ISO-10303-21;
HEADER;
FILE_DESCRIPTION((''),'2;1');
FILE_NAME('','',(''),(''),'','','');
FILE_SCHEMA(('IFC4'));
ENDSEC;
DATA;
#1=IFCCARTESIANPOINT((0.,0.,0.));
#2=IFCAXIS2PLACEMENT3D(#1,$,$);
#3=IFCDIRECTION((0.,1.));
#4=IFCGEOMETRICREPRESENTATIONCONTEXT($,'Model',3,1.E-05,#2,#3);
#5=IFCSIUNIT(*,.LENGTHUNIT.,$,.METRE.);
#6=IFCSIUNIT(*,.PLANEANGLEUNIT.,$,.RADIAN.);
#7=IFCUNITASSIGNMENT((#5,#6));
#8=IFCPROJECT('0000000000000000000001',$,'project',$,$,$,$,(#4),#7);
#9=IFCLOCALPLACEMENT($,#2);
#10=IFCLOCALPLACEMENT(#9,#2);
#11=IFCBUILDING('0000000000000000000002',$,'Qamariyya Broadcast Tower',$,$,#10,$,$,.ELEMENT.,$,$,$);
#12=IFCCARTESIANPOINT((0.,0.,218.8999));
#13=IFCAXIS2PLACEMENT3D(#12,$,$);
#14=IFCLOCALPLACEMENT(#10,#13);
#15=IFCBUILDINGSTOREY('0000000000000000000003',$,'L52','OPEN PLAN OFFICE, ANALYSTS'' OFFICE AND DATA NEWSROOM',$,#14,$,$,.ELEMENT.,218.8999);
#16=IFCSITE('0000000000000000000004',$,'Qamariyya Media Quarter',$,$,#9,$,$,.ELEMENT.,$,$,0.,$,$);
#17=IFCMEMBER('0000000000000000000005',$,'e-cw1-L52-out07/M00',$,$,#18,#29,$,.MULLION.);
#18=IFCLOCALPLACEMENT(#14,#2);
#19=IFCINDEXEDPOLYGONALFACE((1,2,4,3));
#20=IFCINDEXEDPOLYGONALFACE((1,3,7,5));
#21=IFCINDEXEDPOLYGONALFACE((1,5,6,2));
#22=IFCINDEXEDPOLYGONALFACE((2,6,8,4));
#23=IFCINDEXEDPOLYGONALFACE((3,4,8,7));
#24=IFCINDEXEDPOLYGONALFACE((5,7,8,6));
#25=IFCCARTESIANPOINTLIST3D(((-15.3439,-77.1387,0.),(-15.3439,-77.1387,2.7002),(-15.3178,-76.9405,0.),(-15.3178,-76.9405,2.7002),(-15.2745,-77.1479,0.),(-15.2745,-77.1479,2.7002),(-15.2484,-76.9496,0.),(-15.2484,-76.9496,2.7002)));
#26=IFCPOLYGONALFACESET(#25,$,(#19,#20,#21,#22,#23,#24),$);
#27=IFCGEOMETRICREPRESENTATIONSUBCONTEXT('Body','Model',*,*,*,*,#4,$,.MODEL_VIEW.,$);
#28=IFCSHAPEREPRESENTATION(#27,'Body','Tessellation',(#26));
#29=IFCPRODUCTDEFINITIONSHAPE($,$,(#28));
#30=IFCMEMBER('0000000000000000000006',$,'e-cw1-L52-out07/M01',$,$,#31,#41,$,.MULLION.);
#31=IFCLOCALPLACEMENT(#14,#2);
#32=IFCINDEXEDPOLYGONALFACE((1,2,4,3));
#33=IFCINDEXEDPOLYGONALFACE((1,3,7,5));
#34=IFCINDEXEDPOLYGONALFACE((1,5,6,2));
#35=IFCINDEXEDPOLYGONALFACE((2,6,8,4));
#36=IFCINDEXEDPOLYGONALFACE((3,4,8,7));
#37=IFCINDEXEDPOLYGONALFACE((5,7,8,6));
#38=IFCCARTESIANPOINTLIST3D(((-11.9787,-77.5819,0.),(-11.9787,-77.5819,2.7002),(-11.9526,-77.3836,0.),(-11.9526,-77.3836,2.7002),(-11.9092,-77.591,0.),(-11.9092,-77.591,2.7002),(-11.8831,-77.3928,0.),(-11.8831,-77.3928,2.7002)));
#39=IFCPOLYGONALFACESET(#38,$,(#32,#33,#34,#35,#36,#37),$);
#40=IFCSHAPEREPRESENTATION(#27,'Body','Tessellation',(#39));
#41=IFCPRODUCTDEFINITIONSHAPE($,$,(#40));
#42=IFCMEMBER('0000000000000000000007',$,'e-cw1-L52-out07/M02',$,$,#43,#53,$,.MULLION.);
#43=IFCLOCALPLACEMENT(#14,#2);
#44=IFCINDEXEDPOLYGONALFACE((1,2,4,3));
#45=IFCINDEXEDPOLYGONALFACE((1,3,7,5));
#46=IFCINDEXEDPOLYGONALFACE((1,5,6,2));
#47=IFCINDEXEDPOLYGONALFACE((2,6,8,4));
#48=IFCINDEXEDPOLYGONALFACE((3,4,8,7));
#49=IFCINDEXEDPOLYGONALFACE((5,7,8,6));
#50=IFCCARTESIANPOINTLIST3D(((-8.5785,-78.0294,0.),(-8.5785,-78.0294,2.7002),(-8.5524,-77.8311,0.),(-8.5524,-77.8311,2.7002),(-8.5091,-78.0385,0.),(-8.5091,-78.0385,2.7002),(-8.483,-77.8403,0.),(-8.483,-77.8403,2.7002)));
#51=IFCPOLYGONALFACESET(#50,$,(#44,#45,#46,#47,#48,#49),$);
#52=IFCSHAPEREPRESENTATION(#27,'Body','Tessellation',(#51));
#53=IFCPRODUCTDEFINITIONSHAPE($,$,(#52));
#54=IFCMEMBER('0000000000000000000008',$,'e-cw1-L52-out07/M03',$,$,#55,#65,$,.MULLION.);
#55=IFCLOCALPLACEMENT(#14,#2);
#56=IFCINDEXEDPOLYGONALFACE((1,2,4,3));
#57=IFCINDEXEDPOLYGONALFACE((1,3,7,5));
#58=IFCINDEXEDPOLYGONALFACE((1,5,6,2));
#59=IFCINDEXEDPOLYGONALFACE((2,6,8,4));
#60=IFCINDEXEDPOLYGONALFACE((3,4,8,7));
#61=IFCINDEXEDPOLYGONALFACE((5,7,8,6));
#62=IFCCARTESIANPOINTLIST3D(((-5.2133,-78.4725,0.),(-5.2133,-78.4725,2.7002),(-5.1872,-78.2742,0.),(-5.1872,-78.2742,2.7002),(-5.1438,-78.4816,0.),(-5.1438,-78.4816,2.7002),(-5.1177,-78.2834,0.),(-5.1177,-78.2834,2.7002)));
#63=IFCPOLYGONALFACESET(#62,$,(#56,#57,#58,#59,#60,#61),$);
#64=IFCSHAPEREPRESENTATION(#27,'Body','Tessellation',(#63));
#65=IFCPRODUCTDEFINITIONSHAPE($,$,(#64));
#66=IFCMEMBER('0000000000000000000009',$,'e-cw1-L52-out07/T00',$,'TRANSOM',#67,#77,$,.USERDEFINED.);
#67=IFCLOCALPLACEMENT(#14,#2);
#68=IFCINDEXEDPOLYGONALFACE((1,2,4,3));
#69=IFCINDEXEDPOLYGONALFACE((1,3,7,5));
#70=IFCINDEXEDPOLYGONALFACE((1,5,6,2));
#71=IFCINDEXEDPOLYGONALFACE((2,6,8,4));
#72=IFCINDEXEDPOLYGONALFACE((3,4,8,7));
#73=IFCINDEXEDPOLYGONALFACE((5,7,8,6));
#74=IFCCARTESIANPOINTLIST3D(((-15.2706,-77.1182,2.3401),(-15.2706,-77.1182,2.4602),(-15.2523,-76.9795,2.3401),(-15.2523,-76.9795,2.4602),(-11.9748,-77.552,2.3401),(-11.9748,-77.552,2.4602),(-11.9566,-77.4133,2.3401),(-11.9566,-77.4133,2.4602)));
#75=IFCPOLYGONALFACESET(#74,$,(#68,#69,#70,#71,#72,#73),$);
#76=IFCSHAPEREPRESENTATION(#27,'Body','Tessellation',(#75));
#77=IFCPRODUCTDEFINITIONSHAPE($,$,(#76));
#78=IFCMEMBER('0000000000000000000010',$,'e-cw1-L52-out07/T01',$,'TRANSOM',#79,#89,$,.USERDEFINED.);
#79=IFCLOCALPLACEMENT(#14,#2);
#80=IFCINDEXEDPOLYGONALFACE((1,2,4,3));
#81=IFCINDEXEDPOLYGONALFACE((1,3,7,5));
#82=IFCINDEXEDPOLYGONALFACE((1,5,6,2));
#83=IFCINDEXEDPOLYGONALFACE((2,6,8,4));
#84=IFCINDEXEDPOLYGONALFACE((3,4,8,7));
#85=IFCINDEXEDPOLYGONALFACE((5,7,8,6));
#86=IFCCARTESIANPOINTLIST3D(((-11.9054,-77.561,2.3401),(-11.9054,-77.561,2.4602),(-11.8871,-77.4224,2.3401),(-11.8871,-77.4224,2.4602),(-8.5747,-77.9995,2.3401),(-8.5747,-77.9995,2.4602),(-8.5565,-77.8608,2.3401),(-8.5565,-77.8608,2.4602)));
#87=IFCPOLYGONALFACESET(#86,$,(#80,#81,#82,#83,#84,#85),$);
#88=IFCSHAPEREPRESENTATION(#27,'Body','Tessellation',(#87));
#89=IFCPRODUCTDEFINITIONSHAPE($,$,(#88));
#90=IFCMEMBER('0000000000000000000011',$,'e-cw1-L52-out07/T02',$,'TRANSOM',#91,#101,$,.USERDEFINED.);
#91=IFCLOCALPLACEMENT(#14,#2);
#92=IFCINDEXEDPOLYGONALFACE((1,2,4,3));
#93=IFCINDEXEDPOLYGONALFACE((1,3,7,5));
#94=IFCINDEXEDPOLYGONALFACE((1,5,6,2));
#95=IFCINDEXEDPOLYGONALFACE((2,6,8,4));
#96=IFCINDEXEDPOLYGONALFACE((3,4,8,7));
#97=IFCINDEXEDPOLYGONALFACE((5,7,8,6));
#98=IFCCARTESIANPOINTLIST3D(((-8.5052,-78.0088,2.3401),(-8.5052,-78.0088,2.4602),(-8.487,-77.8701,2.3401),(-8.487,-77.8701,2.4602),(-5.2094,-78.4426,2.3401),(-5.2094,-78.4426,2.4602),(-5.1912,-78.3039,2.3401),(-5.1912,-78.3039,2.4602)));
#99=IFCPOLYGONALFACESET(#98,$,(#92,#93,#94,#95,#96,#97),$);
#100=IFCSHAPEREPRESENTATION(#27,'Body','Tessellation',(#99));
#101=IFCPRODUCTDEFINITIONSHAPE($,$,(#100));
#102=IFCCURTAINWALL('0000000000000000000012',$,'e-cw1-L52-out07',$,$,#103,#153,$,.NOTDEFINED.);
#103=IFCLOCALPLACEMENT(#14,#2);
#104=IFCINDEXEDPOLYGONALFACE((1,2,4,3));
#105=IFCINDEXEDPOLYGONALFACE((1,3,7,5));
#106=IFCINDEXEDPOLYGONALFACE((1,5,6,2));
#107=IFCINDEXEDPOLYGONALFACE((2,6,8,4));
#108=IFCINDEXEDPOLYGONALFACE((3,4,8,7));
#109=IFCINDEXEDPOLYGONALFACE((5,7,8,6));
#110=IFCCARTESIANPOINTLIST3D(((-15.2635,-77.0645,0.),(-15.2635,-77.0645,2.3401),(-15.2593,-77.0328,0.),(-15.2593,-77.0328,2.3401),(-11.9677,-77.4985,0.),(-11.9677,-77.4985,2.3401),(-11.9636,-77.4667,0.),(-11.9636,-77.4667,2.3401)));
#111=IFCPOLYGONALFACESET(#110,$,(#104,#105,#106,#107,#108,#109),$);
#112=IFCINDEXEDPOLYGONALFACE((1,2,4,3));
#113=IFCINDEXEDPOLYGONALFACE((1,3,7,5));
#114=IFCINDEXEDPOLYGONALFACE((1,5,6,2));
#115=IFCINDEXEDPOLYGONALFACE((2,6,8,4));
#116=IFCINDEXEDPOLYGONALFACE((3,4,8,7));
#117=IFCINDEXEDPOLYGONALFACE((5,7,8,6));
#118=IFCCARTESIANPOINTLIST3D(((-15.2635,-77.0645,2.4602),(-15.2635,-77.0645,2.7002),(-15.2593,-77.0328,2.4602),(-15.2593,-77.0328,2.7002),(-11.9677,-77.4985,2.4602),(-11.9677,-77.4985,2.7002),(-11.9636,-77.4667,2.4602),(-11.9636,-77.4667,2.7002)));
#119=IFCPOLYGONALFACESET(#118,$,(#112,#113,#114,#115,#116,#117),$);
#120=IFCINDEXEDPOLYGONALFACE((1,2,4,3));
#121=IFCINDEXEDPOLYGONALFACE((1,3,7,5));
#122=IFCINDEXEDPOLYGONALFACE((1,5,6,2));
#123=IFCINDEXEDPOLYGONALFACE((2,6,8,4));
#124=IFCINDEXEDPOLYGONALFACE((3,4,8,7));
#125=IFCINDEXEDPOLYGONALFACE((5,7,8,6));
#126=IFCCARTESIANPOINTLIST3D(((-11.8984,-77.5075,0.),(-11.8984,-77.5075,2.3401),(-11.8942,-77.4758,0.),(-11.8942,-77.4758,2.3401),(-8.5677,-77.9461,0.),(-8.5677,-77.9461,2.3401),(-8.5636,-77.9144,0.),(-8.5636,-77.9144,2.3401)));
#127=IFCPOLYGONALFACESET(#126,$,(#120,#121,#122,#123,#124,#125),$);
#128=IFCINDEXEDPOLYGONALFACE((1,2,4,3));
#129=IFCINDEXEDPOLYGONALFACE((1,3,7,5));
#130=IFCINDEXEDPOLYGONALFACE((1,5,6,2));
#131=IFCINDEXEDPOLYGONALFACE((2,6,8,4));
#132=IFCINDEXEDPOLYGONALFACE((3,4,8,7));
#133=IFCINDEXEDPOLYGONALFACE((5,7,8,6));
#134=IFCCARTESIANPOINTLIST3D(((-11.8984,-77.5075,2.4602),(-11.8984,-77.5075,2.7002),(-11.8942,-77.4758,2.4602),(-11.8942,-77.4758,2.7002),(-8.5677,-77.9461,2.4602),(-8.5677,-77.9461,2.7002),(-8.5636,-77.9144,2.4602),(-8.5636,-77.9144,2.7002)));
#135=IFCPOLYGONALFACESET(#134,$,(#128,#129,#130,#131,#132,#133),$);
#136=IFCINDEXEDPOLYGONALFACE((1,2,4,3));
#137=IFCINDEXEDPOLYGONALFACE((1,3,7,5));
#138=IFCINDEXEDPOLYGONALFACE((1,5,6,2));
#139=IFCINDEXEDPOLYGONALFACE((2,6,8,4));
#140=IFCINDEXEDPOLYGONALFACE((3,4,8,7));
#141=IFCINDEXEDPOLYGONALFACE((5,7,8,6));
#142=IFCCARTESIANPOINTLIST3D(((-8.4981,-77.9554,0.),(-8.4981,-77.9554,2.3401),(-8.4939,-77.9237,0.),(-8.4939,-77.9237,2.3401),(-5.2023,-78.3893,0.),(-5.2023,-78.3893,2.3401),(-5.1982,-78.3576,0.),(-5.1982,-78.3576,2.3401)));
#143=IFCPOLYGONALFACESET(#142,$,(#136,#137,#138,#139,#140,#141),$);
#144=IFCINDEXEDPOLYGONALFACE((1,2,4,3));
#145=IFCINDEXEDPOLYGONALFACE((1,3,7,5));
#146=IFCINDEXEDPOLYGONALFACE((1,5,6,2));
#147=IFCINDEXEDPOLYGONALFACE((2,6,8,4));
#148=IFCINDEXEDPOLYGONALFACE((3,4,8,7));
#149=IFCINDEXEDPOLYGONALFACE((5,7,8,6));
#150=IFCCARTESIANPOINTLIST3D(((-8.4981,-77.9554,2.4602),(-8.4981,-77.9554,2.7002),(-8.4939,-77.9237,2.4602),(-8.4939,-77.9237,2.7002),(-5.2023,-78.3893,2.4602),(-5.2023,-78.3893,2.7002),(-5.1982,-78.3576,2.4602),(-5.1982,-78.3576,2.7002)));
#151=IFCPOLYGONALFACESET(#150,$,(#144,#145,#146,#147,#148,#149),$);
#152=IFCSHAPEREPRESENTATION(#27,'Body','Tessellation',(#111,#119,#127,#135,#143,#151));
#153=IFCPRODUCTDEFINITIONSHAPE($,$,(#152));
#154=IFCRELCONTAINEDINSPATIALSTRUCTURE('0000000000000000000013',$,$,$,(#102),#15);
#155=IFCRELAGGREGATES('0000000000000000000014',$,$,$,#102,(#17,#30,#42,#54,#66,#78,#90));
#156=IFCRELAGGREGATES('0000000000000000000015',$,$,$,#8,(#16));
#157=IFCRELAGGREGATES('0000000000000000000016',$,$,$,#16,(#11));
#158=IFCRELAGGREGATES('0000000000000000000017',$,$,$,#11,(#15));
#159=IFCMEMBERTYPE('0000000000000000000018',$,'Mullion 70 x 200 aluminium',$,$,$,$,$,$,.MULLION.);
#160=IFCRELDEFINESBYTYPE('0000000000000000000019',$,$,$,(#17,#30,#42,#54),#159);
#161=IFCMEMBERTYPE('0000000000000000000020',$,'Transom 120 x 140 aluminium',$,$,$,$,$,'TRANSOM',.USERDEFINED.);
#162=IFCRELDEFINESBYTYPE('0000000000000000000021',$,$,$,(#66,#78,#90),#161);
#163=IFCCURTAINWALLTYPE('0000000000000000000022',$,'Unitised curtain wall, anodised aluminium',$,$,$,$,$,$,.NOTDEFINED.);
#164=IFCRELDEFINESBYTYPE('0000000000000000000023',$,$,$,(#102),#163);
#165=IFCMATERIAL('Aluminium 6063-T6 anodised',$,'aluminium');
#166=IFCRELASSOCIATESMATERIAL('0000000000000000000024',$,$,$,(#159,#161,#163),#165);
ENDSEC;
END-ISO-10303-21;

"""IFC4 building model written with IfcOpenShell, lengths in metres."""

from ifc_helpers import new_model, si_unit, direction, frame, origin, origin_2d, place, context, subcontext, project, spatial, rectangle, extrude, material, material_profile, profile_set, type_object, element, aggregate, save


model = new_model("IFC4")

# Units and contexts
model_context = context("Model", 3, precision=1e-05, world=origin(), true_north=direction((0.0, 1.0)))
body_context = subcontext(model_context, "Body", "Model", "MODEL_VIEW")
ifc_project = project(units=[si_unit("LENGTHUNIT", "METRE"), si_unit("PLANEANGLEUNIT", "RADIAN")], contexts=[model_context])

# Members
ifc_material = material(Name="Aluminium 6063-T6 anodised", Category="aluminium")
ifc_material_profile_1 = material_profile(ifc_material, rectangle(XDim=0.2, YDim=0.0701, at=origin_2d()))
ifc_profile_set_1 = profile_set([ifc_material_profile_1], Name="Aluminium 6063-T6 anodised")
member_type_1 = type_object("IfcMemberType", Name="Mullion 70 x 200 aluminium", PredefinedType="MULLION", material=ifc_profile_set_1)
site_placement = place(None, origin())
building_placement = place(site_placement, origin())
storey_placement = place(building_placement, frame((0.0, 0.0, 218.8999)))
member_1_placement = place(storey_placement, frame((-15.2961, -77.0442, 0.0), z_axis=(0.0, 0.0, 1.0), x_axis=(0.130526, 0.991445, 0.0)))
member_1 = element("IfcMember", 1, at=member_1_placement, type_object=member_type_1, Name="e-cw1-L52-out07/M00", PredefinedType="MULLION", context=body_context, shape_type="SweptSolid", body=[
    extrude(rectangle(XDim=0.2, YDim=0.0701, at=origin_2d()), origin(), (0.0, 0.0, 1.0), 2.7002),
])
member_2_placement = place(storey_placement, frame((-11.9309, -77.4873, 0.0), z_axis=(0.0, 0.0, 1.0), x_axis=(0.130526, 0.991445, 0.0)))
member_2 = element("IfcMember", 2, at=member_2_placement, type_object=member_type_1, Name="e-cw1-L52-out07/M01", PredefinedType="MULLION", context=body_context, shape_type="SweptSolid", body=[
    extrude(rectangle(XDim=0.2, YDim=0.0701, at=origin_2d()), origin(), (0.0, 0.0, 1.0), 2.7002),
])
member_3_placement = place(storey_placement, frame((-8.5308, -77.9348, 0.0), z_axis=(0.0, 0.0, 1.0), x_axis=(0.130526, 0.991445, 0.0)))
member_3 = element("IfcMember", 3, at=member_3_placement, type_object=member_type_1, Name="e-cw1-L52-out07/M02", PredefinedType="MULLION", context=body_context, shape_type="SweptSolid", body=[
    extrude(rectangle(XDim=0.2, YDim=0.0701, at=origin_2d()), origin(), (0.0, 0.0, 1.0), 2.7002),
])
member_4_placement = place(storey_placement, frame((-5.1655, -78.3779, 0.0), z_axis=(0.0, 0.0, 1.0), x_axis=(0.130526, 0.991445, 0.0)))
member_4 = element("IfcMember", 4, at=member_4_placement, type_object=member_type_1, Name="e-cw1-L52-out07/M03", PredefinedType="MULLION", context=body_context, shape_type="SweptSolid", body=[
    extrude(rectangle(XDim=0.2, YDim=0.0701, at=origin_2d()), origin(), (0.0, 0.0, 1.0), 2.7002),
])
ifc_material_profile_2 = material_profile(ifc_material, rectangle(XDim=0.1399, YDim=0.1201, at=origin_2d()))
ifc_profile_set_2 = profile_set([ifc_material_profile_2], Name="Aluminium 6063-T6 anodised")
member_type_2 = type_object("IfcMemberType", Name="Transom 120 x 140 aluminium", ElementType="TRANSOM", PredefinedType="USERDEFINED", material=ifc_profile_set_2)
member_5_placement = place(storey_placement, frame((-15.2615, -77.0488, 2.4001), z_axis=(0.991448, -0.130504, 0.0), x_axis=(0.130504, 0.991448, 0.0)))
member_5 = element("IfcMember", 5, at=member_5_placement, type_object=member_type_2, Name="e-cw1-L52-out07/T00", ObjectType="TRANSOM", PredefinedType="USERDEFINED", context=body_context, shape_type="SweptSolid", body=[
    extrude(rectangle(XDim=0.1399, YDim=0.1201, at=origin_2d()), origin(), (0.0, 0.0, 1.0), 3.3242),
])
member_6_placement = place(storey_placement, frame((-11.8962, -77.4917, 2.4001), z_axis=(0.991445, -0.130526, 0.0), x_axis=(0.130526, 0.991445, 0.0)))
member_6 = element("IfcMember", 6, at=member_6_placement, type_object=member_type_2, Name="e-cw1-L52-out07/T01", ObjectType="TRANSOM", PredefinedType="USERDEFINED", context=body_context, shape_type="SweptSolid", body=[
    extrude(rectangle(XDim=0.1399, YDim=0.1201, at=origin_2d()), origin(), (0.0, 0.0, 1.0), 3.3594),
])
member_7_placement = place(storey_placement, frame((-8.4961, -77.9395, 2.4001), z_axis=(0.991448, -0.130504, 0.0), x_axis=(0.130504, 0.991448, 0.0)))
member_7 = element("IfcMember", 7, at=member_7_placement, type_object=member_type_2, Name="e-cw1-L52-out07/T02", ObjectType="TRANSOM", PredefinedType="USERDEFINED", context=body_context, shape_type="SweptSolid", body=[
    extrude(rectangle(XDim=0.1399, YDim=0.1201, at=origin_2d()), origin(), (0.0, 0.0, 1.0), 3.3242),
])

# Site, building, storey
site = spatial("IfcSite", under=ifc_project, at=site_placement, Name="Qamariyya Media Quarter", CompositionType="ELEMENT", RefElevation=0.0)
building = spatial("IfcBuilding", under=site, at=building_placement, Name="Qamariyya Broadcast Tower", CompositionType="ELEMENT")
storey = spatial("IfcBuildingStorey", under=building, at=storey_placement, Name="L52", Description="OPEN PLAN OFFICE, ANALYSTS' OFFICE AND DATA NEWSROOM", CompositionType="ELEMENT", Elevation=218.8999)

# Curtain wall
curtain_wall_type = type_object("IfcCurtainWallType", Name="Unitised curtain wall, anodised aluminium", PredefinedType="NOTDEFINED", material=ifc_material)
curtain_wall_1_placement = place(storey_placement, origin())
curtain_wall_1 = element("IfcCurtainWall", 8, at=curtain_wall_1_placement, inside=storey, type_object=curtain_wall_type, Name="e-cw1-L52-out07", PredefinedType="NOTDEFINED", context=body_context, shape_type="SweptSolid", body=[
    extrude(rectangle(XDim=3.3242, YDim=0.032, at=origin_2d()), frame((-13.6135, -77.2656, 0.0), x_axis=(0.991443, -0.130542, 0.0)), (0.0, 0.0, 1.0), 2.3401),
    extrude(rectangle(XDim=3.3242, YDim=0.032, at=origin_2d()), frame((-13.6135, -77.2656, 2.4602), x_axis=(0.991443, -0.130542, 0.0)), (0.0, 0.0, 1.0), 0.24),
    extrude(rectangle(XDim=3.3594, YDim=0.032, at=origin_2d()), frame((-10.231, -77.7109, 0.0), x_axis=(0.991443, -0.130542, 0.0)), (0.0, 0.0, 1.0), 2.3401),
    extrude(rectangle(XDim=3.3594, YDim=0.032, at=origin_2d()), frame((-10.231, -77.7109, 2.4602), x_axis=(0.991443, -0.130542, 0.0)), (0.0, 0.0, 1.0), 0.24),
    extrude(rectangle(XDim=3.3242, YDim=0.032, at=origin_2d()), frame((-6.8481, -78.1565, 0.0), x_axis=(0.991443, -0.130542, 0.0)), (0.0, 0.0, 1.0), 2.3401),
    extrude(rectangle(XDim=3.3242, YDim=0.032, at=origin_2d()), frame((-6.8481, -78.1565, 2.4602), x_axis=(0.991443, -0.130542, 0.0)), (0.0, 0.0, 1.0), 0.24),
])
aggregate(curtain_wall_1, [member_1, member_2, member_3, member_4, member_5, member_6, member_7])

save(model, "model.ifc")
